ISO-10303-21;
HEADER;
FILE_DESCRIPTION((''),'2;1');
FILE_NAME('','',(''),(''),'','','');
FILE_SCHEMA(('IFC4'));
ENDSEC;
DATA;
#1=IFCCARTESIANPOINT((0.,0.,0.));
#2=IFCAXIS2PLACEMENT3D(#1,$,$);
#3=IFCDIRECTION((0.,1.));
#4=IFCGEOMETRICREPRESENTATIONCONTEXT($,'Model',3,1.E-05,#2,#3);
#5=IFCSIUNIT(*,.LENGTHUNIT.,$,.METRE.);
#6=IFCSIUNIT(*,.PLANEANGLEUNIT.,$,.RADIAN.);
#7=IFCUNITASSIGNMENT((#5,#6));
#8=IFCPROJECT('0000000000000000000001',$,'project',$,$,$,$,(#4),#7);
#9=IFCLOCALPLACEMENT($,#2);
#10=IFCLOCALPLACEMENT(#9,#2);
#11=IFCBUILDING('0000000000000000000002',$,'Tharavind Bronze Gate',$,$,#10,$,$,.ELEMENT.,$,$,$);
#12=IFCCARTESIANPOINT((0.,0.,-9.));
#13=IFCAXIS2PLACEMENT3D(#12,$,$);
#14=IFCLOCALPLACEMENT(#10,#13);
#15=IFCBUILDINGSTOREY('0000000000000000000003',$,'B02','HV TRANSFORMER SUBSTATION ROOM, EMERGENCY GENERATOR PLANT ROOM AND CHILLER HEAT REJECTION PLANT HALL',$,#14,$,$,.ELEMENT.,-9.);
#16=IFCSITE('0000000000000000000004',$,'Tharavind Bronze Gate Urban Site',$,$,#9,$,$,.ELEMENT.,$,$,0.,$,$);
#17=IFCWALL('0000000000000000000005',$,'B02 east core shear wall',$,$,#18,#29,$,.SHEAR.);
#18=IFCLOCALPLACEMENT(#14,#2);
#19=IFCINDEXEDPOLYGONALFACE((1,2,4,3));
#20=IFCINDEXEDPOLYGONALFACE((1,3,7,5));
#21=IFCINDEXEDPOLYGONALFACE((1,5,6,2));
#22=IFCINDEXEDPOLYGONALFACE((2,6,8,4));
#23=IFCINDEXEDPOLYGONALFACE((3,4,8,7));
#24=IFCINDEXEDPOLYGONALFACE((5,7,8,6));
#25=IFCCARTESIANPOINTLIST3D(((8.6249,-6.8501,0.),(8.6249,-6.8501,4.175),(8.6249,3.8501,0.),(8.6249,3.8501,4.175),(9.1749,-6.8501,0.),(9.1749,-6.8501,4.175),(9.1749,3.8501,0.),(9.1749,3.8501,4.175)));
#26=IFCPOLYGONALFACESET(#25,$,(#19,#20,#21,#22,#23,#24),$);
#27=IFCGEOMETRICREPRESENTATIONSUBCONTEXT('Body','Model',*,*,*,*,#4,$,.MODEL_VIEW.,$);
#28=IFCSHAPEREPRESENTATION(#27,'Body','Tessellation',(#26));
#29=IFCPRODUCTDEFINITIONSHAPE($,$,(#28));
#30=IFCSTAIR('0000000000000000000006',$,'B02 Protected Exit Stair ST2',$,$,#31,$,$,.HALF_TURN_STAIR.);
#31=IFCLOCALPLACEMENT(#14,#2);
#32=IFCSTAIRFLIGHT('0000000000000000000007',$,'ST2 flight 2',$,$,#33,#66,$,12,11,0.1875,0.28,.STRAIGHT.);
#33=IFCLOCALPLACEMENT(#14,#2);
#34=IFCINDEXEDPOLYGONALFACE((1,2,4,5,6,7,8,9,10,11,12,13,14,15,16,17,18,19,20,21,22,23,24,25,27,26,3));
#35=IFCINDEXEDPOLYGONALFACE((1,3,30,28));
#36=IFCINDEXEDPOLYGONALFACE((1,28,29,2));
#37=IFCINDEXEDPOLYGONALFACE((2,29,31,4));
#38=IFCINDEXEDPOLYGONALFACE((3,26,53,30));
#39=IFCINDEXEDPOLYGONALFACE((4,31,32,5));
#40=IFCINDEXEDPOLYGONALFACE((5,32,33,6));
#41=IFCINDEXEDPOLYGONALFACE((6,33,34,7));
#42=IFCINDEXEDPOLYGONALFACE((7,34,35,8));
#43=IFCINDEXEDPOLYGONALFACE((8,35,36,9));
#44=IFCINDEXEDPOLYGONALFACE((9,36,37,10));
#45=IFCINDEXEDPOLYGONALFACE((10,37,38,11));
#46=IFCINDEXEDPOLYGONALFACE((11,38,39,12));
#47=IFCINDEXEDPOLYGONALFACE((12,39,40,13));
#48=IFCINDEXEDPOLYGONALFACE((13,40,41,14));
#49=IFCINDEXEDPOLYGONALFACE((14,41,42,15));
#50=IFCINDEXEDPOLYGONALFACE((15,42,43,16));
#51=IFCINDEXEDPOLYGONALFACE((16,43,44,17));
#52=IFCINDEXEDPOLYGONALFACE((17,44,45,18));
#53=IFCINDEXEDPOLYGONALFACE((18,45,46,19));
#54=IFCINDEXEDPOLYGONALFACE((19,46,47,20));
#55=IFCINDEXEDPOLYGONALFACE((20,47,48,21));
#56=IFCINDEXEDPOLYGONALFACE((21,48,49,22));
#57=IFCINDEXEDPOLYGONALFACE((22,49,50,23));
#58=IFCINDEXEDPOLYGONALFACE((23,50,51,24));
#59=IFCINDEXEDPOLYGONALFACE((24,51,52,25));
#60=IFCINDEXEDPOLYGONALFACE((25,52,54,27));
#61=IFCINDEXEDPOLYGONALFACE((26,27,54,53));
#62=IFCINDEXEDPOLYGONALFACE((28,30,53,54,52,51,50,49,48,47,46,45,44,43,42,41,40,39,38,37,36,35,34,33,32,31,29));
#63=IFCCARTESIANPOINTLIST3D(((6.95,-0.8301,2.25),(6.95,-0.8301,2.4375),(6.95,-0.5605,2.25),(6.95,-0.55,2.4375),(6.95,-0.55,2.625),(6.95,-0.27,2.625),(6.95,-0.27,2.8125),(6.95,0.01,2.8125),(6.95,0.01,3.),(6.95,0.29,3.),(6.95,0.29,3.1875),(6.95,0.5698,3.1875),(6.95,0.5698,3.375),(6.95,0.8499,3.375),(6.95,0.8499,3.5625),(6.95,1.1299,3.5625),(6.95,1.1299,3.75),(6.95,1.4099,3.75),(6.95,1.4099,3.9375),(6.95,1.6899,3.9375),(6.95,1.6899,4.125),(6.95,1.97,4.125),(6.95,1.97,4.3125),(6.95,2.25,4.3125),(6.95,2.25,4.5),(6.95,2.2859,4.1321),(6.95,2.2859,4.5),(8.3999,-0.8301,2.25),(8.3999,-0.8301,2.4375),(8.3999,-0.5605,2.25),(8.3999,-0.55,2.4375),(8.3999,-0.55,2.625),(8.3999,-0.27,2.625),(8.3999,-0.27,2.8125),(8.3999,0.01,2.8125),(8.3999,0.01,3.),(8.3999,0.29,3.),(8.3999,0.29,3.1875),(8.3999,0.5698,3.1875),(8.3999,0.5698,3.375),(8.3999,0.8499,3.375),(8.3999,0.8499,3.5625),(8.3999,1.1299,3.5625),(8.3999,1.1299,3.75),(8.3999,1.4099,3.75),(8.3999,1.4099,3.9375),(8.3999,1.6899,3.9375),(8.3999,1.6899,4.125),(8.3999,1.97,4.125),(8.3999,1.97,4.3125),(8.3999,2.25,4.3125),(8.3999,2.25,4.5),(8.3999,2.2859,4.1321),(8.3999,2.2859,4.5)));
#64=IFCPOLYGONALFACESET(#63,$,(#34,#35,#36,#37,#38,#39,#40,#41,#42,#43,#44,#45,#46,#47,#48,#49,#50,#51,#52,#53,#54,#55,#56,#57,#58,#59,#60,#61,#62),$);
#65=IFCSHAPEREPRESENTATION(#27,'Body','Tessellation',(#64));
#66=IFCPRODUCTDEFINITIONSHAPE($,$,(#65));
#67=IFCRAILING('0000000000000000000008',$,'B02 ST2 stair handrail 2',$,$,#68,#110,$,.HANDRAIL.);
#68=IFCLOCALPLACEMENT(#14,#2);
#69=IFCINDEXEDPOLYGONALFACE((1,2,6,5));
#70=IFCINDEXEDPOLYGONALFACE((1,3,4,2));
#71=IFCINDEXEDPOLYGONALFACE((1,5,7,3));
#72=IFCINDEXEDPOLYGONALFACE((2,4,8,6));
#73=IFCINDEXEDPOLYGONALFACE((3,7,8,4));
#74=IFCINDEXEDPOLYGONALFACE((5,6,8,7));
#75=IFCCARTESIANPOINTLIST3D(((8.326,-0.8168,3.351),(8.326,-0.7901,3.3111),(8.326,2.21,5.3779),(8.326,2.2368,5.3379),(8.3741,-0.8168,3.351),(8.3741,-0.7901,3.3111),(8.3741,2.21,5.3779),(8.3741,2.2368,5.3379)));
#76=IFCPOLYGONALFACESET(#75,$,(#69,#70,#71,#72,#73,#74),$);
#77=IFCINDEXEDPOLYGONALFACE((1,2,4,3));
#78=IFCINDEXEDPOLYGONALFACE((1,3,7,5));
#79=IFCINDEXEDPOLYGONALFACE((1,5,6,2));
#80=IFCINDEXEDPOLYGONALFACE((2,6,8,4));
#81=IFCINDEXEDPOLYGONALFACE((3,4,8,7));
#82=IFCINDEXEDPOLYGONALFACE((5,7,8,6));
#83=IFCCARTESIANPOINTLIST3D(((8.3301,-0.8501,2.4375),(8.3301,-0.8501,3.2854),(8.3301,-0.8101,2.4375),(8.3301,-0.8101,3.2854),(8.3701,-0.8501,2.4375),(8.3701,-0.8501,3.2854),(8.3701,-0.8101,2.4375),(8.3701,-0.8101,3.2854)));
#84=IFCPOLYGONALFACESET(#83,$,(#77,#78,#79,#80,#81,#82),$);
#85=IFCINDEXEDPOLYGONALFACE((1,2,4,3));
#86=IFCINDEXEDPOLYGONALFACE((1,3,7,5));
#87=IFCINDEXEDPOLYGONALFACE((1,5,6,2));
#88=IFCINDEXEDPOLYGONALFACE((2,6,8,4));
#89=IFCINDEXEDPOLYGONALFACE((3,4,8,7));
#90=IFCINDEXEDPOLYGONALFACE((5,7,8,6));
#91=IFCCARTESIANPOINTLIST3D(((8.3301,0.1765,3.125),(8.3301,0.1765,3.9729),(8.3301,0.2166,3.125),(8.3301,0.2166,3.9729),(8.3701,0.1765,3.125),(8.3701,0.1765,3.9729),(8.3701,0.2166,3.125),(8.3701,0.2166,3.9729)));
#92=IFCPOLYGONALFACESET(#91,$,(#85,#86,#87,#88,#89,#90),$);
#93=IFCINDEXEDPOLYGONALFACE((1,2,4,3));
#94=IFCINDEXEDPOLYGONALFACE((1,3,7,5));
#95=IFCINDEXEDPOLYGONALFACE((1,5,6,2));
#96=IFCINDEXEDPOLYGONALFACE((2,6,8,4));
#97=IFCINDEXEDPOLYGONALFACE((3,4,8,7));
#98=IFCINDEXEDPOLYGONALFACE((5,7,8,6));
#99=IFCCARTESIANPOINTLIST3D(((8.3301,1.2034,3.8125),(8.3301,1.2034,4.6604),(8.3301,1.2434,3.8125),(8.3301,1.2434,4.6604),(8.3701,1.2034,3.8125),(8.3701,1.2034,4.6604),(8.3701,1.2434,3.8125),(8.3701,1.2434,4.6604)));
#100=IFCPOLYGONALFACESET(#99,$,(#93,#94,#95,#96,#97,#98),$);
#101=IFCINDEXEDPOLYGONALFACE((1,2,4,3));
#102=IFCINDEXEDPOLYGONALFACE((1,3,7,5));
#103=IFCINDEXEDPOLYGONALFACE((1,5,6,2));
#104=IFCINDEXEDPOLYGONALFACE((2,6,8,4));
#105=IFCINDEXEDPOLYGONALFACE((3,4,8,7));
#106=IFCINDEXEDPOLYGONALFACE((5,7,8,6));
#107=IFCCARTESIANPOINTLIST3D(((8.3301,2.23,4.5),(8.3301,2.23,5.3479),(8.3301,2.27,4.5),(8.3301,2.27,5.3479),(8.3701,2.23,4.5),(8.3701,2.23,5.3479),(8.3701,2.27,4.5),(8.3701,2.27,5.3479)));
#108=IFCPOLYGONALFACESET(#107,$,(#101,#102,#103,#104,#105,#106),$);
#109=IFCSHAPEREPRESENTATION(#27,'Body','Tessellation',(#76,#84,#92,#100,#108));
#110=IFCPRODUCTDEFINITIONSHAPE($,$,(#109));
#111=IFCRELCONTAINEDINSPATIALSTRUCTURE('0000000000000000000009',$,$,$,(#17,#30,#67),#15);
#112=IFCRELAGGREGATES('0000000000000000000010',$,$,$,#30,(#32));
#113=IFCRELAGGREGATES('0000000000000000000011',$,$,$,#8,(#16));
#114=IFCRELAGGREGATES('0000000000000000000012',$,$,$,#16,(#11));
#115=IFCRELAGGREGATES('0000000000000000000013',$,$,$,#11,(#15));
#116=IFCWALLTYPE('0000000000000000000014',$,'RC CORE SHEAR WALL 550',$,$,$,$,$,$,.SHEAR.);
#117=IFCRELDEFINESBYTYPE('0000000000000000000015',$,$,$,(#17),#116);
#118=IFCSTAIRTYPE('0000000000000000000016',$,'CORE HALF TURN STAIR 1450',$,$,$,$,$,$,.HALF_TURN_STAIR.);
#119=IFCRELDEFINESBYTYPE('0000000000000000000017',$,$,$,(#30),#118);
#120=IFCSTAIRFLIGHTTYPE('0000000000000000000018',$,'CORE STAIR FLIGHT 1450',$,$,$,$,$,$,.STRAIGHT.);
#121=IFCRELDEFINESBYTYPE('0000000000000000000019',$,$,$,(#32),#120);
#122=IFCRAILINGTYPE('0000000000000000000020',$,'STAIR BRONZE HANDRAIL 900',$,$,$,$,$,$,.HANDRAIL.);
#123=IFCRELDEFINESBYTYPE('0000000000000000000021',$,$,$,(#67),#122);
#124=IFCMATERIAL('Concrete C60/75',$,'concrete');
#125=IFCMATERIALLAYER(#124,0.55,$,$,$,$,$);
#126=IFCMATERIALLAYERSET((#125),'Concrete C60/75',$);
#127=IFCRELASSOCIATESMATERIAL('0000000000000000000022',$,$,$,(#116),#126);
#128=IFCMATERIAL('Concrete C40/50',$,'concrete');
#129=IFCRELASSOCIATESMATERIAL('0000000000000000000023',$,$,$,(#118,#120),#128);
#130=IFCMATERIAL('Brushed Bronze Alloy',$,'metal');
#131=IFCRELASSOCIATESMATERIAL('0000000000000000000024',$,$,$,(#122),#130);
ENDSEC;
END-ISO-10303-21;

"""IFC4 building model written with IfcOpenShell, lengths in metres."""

from ifc_helpers import new_model, si_unit, direction, frame, frame_2d, origin, origin_2d, place, context, subcontext, project, spatial, polyline, rectangle, outline, extrude, material, layer, layer_set, type_object, element, aggregate, save


model = new_model("IFC4")

# Units and contexts
model_context = context("Model", 3, precision=1e-05, world=origin(), true_north=direction((0.0, 1.0)))
body_context = subcontext(model_context, "Body", "Model", "MODEL_VIEW")
ifc_project = project(units=[si_unit("LENGTHUNIT", "METRE"), si_unit("PLANEANGLEUNIT", "RADIAN")], contexts=[model_context])

# Site, building, storey
site_placement = place(None, origin())
site = spatial("IfcSite", under=ifc_project, at=site_placement, Name="Tharavind Bronze Gate Urban Site", CompositionType="ELEMENT", RefElevation=0.0)
building_placement = place(site_placement, origin())
building = spatial("IfcBuilding", under=site, at=building_placement, Name="Tharavind Bronze Gate", CompositionType="ELEMENT")
storey_placement = place(building_placement, frame((0.0, 0.0, -9.0)))
storey = spatial("IfcBuildingStorey", under=building, at=storey_placement, Name="B02", Description="HV TRANSFORMER SUBSTATION ROOM, EMERGENCY GENERATOR PLANT ROOM AND CHILLER HEAT REJECTION PLANT HALL", CompositionType="ELEMENT", Elevation=-9.0)

# Shared definitions
ifc_material_1 = material(Name="Concrete C60/75", Category="concrete")

# Wall
ifc_layer_1 = layer(ifc_material_1, 0.55)
ifc_layer_set_1 = layer_set([ifc_layer_1], Name="Concrete C60/75")
wall_type_1 = type_object("IfcWallType", Name="RC CORE SHEAR WALL 550", PredefinedType="SHEAR", material=ifc_layer_set_1)
wall_1_placement = place(storey_placement, frame((8.8999, -6.8501, 0.0), z_axis=(0.0, 0.0, 1.0), x_axis=(0.0, 1.0, 0.0)))
element("IfcWall", 1, at=wall_1_placement, inside=storey, type_object=wall_type_1, Name="B02 east core shear wall", PredefinedType="SHEAR", context=body_context, shape_type="SweptSolid", body=[
    extrude(rectangle(XDim=10.7002, YDim=0.55, at=frame_2d((5.3501, 0.0))), origin(), (0.0, 0.0, 1.0), 4.175),
])

# Stair, stair flight
ifc_material_2 = material(Name="Concrete C40/50", Category="concrete")
stair_type = type_object("IfcStairType", Name="CORE HALF TURN STAIR 1450", PredefinedType="HALF_TURN_STAIR", material=ifc_material_2)
stair_placement = place(storey_placement, origin())
stair = element("IfcStair", 2, at=stair_placement, inside=storey, type_object=stair_type, Name="B02 Protected Exit Stair ST2", PredefinedType="HALF_TURN_STAIR")
stair_flight_type = type_object("IfcStairFlightType", Name="CORE STAIR FLIGHT 1450", PredefinedType="STRAIGHT", material=ifc_material_2)
stair_flight_placement = place(storey_placement, frame((7.675, -0.8301, 2.25), z_axis=(0.0, 0.0, 1.0), x_axis=(0.0, 1.0, 0.0)))
stair_flight = element("IfcStairFlight", 3, at=stair_flight_placement, type_object=stair_flight_type, Name="ST2 flight 2", NumberOfRisers=12, NumberOfTreads=11, PredefinedType="STRAIGHT", RiserHeight=0.1875, TreadLength=0.28, context=body_context, shape_type="SweptSolid", body=[
    extrude(outline(polyline([(0.0, 0.0), (0.0, 0.1875), (0.28, 0.1875), (0.28, 0.375), (0.5601, 0.375), (0.5601, 0.5625), (0.8401, 0.5625), (0.8401, 0.75), (1.1201, 0.75), (1.1201, 0.9375), (1.3999, 0.9375), (1.3999, 1.125), (1.6799, 1.125), (1.6799, 1.3125), (1.96, 1.3125), (1.96, 1.5), (2.24, 1.5), (2.24, 1.6875), (2.52, 1.6875), (2.52, 1.875), (2.8, 1.875), (2.8, 2.0625), (3.0801, 2.0625), (3.0801, 2.25), (3.116, 2.25), (3.116, 1.8821), (0.2695, 0.0), (0.0, 0.0)])), frame((0.0, 0.7251, 0.0), z_axis=(0.0, -1.0, 0.0), x_axis=(1.0, 0.0, 0.0)), (0.0, 0.0, 1.0), 1.45),
])
aggregate(stair, [stair_flight])

# Railing
ifc_material_3 = material(Name="Brushed Bronze Alloy", Category="metal")
railing_type_1 = type_object("IfcRailingType", Name="STAIR BRONZE HANDRAIL 900", PredefinedType="HANDRAIL", material=ifc_material_3)
railing_1_placement = place(storey_placement, frame((8.3501, -0.8301, 2.4375)))
element("IfcRailing", 4, at=railing_1_placement, inside=storey, type_object=railing_type_1, Name="B02 ST2 stair handrail 2", PredefinedType="HANDRAIL", context=body_context, shape_type="SweptSolid", body=[
    extrude(rectangle(XDim=0.0481, YDim=0.0481, at=origin_2d()), frame((0.0, 0.0266, 0.8936), z_axis=(0.0, 0.830914, 0.556401), x_axis=(-1.0, 0.0, 0.0)), (0.0, 0.0, 1.0), 3.6428),
    extrude(rectangle(XDim=0.04, YDim=0.04, at=origin_2d()), origin(), (0.0, 0.0, 1.0), 0.8479),
    extrude(rectangle(XDim=0.04, YDim=0.04, at=origin_2d()), frame((0.0, 1.0266, 0.6875)), (0.0, 0.0, 1.0), 0.8479),
    extrude(rectangle(XDim=0.04, YDim=0.04, at=origin_2d()), frame((0.0, 2.0535, 1.375)), (0.0, 0.0, 1.0), 0.8479),
    extrude(rectangle(XDim=0.04, YDim=0.04, at=origin_2d()), frame((0.0, 3.0801, 2.0625)), (0.0, 0.0, 1.0), 0.8479),
])

save(model, "model.ifc")
